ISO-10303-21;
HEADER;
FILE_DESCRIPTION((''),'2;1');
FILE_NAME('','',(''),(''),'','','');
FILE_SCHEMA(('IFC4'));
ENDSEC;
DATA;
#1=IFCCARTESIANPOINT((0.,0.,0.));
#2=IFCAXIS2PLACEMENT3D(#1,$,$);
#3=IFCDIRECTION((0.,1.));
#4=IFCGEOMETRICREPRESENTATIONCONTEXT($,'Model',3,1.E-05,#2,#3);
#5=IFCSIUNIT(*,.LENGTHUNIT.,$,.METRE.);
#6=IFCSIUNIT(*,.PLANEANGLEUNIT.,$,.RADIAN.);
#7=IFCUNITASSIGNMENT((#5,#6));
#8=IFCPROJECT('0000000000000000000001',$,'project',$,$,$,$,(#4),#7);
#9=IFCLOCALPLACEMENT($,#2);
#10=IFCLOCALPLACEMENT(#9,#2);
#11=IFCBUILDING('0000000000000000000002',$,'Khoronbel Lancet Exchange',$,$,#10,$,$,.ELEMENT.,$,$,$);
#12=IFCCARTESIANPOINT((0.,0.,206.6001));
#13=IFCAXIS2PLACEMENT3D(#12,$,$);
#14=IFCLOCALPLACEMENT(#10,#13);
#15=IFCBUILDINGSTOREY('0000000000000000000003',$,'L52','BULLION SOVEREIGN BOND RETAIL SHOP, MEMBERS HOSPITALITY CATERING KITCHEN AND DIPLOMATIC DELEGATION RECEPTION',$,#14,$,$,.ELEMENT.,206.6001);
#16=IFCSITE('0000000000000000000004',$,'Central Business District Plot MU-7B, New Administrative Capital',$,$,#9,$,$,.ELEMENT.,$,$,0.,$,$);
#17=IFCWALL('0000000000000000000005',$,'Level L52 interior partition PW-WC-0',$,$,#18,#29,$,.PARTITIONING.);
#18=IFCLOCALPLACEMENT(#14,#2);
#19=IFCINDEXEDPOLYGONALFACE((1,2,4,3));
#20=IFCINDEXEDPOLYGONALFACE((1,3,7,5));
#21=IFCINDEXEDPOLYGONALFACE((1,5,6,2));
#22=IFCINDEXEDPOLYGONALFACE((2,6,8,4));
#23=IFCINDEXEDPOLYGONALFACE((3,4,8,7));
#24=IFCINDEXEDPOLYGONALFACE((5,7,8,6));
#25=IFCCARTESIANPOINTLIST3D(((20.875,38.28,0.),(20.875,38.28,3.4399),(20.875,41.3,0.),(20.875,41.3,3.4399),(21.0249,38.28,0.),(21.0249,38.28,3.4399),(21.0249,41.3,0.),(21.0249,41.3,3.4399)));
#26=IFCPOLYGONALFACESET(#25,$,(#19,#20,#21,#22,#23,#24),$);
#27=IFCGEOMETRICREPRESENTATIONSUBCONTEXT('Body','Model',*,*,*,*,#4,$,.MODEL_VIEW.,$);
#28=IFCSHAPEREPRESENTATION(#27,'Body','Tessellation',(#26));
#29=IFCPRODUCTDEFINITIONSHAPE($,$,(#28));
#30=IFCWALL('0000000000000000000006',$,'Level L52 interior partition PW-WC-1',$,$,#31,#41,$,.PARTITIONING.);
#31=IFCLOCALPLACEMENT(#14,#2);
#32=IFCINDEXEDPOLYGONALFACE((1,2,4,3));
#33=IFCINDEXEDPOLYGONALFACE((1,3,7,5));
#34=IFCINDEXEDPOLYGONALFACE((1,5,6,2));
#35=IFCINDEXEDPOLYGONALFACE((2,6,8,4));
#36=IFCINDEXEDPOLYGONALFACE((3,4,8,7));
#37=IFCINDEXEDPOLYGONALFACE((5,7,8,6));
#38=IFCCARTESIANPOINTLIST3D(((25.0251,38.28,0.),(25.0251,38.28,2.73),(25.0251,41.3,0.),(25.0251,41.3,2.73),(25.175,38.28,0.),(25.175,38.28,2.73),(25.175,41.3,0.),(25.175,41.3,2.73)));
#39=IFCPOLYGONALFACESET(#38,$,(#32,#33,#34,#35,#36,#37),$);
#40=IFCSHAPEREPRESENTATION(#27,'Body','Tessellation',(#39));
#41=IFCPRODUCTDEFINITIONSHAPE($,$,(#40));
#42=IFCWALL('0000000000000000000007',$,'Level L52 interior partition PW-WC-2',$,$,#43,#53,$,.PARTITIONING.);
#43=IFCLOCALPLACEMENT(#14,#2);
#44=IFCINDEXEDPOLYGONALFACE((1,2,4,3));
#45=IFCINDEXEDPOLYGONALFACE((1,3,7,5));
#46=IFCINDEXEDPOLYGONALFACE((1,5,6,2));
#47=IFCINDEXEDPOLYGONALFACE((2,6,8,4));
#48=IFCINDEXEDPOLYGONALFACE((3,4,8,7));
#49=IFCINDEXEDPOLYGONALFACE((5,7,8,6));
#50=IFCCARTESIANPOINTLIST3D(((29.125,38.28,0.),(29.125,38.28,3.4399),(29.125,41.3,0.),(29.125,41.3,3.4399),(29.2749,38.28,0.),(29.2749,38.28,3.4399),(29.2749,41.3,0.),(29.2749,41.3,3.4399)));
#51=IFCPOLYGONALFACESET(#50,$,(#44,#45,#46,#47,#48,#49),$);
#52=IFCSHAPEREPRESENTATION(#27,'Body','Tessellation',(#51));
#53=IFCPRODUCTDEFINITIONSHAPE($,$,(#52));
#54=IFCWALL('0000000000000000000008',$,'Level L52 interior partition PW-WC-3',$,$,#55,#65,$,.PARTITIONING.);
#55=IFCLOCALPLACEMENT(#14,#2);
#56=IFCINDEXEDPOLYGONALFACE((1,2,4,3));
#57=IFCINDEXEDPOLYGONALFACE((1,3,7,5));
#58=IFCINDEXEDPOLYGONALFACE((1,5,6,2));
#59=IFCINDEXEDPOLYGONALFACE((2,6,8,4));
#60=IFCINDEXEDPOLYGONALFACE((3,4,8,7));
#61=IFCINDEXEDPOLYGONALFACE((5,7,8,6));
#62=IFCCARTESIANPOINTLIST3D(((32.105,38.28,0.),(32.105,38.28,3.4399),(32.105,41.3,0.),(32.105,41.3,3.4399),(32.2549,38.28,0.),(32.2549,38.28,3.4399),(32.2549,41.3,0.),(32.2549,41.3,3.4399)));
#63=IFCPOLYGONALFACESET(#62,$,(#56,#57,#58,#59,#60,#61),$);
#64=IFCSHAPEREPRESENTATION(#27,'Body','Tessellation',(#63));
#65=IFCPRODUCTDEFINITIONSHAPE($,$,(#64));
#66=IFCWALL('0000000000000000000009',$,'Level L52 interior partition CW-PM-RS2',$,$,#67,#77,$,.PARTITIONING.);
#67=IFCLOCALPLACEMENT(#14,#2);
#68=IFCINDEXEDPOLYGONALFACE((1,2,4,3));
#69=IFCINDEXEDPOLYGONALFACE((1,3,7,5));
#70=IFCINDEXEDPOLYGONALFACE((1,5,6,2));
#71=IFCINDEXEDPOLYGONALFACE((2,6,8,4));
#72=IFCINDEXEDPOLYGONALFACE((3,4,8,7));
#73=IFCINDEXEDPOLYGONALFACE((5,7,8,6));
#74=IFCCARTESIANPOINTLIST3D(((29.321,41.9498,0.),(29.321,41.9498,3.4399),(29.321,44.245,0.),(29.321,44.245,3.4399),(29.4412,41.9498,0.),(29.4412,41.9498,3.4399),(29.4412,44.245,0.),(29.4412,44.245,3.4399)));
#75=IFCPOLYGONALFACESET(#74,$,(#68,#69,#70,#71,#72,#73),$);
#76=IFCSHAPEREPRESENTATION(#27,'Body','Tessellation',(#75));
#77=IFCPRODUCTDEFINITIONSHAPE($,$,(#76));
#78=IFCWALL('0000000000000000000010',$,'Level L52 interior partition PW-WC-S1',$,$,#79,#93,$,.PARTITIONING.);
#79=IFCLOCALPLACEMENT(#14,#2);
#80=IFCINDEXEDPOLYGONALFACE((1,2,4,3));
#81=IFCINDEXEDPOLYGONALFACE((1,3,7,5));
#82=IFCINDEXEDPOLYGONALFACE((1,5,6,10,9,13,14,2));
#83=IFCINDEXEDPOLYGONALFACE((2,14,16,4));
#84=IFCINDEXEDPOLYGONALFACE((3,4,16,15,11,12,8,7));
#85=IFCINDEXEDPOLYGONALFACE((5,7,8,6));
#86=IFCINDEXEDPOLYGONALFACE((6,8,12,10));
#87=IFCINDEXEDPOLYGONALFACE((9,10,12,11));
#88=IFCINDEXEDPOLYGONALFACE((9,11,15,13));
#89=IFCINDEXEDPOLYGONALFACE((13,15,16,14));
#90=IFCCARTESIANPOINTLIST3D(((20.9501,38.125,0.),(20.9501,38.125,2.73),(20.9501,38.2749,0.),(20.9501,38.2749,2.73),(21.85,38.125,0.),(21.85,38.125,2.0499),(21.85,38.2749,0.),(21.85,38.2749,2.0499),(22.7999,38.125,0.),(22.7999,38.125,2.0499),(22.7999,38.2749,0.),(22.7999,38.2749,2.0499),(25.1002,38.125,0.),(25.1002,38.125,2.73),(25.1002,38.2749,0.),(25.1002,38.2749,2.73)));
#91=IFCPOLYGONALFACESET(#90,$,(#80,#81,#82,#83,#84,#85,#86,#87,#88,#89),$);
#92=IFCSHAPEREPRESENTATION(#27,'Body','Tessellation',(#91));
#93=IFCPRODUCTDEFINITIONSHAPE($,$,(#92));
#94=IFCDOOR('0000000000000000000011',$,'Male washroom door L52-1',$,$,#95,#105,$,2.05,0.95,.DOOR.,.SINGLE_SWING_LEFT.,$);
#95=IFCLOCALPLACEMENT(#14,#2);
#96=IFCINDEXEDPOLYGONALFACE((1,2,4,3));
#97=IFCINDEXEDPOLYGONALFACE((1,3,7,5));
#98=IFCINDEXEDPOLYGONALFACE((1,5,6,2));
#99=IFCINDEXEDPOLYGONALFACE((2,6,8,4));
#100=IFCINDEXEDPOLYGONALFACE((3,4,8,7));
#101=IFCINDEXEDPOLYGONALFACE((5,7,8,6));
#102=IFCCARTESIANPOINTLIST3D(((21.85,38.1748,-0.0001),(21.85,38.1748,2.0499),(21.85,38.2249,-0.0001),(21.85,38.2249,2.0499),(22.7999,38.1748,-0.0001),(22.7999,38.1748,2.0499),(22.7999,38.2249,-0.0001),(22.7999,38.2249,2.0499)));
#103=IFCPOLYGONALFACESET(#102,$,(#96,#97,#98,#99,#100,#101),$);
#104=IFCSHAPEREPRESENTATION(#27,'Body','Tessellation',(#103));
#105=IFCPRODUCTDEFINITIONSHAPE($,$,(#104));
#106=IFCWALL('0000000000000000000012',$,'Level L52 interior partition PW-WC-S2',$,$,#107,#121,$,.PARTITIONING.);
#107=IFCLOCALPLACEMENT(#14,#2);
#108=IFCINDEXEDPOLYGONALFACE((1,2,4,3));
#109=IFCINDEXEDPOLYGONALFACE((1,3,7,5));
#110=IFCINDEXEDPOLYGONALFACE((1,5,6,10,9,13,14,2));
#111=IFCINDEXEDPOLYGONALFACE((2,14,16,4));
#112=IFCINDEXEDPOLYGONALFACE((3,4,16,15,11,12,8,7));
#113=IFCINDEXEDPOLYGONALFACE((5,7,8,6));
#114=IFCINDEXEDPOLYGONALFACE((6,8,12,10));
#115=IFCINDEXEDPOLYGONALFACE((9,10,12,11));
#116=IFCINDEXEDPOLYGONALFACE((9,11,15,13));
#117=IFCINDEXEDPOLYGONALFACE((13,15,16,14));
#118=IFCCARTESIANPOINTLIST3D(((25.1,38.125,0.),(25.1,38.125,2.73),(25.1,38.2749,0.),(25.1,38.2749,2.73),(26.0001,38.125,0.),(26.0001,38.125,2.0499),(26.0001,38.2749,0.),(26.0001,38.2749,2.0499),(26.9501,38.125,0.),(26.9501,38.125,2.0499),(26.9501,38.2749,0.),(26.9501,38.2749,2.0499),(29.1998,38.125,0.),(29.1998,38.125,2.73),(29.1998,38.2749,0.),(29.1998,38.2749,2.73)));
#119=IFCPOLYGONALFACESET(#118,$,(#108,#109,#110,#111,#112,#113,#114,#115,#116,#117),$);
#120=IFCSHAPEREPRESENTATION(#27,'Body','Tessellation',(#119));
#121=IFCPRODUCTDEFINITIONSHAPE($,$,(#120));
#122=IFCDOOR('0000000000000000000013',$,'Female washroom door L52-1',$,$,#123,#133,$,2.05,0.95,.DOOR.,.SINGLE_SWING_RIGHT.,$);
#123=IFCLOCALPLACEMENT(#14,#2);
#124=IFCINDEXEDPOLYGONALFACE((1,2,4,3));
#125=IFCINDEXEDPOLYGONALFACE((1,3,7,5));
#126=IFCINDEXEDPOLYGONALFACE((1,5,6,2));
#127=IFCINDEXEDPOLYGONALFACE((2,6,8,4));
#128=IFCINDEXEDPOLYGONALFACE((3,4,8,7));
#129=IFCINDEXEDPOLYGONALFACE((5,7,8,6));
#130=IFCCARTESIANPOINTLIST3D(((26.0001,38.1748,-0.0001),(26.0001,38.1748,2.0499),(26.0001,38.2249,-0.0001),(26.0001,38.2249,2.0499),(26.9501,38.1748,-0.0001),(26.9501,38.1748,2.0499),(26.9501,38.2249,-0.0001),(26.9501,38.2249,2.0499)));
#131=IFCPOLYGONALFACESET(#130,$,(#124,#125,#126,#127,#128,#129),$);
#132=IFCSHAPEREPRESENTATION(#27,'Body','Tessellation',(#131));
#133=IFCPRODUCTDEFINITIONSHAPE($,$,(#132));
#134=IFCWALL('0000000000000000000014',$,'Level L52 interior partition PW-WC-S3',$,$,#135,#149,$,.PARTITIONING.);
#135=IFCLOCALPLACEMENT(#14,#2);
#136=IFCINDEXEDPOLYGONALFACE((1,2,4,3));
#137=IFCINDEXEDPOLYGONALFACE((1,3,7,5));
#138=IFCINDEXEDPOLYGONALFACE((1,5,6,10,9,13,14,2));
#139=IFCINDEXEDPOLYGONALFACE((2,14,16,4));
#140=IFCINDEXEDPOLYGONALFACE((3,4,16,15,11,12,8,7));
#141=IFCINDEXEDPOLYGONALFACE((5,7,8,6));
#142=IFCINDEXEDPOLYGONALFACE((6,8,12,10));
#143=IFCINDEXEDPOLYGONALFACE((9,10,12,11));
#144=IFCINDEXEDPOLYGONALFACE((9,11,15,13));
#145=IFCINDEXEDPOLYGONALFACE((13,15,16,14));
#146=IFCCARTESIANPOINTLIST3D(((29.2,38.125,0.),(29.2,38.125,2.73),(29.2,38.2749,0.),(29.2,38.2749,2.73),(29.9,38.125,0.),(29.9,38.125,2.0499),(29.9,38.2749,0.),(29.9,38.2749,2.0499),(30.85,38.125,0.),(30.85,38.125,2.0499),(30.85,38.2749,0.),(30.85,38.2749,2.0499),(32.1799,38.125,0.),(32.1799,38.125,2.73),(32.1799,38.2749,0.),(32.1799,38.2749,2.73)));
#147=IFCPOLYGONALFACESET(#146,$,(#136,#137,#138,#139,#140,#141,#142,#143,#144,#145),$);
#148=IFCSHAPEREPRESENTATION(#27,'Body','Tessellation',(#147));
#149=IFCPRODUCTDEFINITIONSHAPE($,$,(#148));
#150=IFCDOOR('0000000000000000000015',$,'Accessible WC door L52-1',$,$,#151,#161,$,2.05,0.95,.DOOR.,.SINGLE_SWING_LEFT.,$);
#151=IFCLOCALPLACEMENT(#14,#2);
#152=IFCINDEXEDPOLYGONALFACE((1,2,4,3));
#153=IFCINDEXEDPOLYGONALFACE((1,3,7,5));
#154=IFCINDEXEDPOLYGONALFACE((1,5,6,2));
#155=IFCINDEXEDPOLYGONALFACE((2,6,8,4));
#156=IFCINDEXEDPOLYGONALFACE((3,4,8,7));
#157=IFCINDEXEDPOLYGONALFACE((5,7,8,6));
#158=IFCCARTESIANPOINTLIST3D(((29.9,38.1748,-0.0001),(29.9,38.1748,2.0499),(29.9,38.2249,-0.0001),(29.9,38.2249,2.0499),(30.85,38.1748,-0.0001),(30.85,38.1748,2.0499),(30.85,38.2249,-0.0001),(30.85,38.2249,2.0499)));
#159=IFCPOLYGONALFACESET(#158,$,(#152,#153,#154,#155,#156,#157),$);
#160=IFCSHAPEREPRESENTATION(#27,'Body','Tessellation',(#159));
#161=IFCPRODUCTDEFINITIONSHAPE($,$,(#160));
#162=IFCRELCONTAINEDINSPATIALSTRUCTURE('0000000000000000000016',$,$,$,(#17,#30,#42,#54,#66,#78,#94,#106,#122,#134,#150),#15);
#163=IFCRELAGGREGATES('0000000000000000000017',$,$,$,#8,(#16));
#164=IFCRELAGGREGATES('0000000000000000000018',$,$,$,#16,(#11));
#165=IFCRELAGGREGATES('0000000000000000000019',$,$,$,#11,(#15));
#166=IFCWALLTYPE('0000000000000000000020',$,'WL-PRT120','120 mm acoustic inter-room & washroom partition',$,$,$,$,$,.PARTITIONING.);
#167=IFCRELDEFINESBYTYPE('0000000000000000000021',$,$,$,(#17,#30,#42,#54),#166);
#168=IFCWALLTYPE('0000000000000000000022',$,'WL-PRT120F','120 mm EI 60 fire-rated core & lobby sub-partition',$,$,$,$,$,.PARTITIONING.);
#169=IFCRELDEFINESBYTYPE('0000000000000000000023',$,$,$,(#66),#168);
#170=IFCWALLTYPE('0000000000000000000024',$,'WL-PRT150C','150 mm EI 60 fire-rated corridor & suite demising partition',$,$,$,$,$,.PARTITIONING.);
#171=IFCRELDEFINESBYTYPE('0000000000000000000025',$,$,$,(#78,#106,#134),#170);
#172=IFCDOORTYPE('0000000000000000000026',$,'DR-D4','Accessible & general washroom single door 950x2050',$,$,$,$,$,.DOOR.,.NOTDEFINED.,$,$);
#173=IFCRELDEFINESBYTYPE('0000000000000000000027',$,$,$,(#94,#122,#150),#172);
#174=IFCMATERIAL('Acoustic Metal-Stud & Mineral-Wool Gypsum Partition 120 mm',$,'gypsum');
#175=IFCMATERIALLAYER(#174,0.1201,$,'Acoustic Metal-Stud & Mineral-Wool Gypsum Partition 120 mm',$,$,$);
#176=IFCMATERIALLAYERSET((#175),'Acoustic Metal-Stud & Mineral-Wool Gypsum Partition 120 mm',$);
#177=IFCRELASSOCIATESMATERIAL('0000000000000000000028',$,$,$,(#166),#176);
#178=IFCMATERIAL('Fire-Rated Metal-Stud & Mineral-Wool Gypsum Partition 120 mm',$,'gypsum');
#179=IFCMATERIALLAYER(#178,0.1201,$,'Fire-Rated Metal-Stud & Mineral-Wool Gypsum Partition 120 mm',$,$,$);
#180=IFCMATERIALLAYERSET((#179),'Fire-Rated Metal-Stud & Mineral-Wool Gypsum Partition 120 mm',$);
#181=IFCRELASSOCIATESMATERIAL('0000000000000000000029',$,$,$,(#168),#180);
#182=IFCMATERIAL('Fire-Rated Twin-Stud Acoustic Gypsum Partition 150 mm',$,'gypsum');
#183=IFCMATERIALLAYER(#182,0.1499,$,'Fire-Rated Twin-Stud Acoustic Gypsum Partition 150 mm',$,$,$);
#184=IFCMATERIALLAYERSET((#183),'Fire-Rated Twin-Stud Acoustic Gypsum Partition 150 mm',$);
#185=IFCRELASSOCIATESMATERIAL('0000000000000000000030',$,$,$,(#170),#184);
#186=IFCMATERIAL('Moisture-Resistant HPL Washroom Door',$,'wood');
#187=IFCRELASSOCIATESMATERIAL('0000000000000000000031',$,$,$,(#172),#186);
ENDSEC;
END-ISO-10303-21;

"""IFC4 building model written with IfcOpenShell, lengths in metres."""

from ifc_helpers import new_model, si_unit, direction, frame, frame_2d, origin, place, context, subcontext, project, spatial, rectangle, extrude, material, layer, layer_set, type_object, element, fill, save


model = new_model("IFC4")

# Units and contexts
model_context = context("Model", 3, precision=1e-05, world=origin(), true_north=direction((0.0, 1.0)))
body_context = subcontext(model_context, "Body", "Model", "MODEL_VIEW")
ifc_project = project(units=[si_unit("LENGTHUNIT", "METRE"), si_unit("PLANEANGLEUNIT", "RADIAN")], contexts=[model_context])

# Site, building, storey
site_placement = place(None, origin())
site = spatial("IfcSite", under=ifc_project, at=site_placement, Name="Central Business District Plot MU-7B, New Administrative Capital", CompositionType="ELEMENT", RefElevation=0.0)
building_placement = place(site_placement, origin())
building = spatial("IfcBuilding", under=site, at=building_placement, Name="Khoronbel Lancet Exchange", CompositionType="ELEMENT")
storey_placement = place(building_placement, frame((0.0, 0.0, 206.6001)))
storey = spatial("IfcBuildingStorey", under=building, at=storey_placement, Name="L52", Description="BULLION SOVEREIGN BOND RETAIL SHOP, MEMBERS HOSPITALITY CATERING KITCHEN AND DIPLOMATIC DELEGATION RECEPTION", CompositionType="ELEMENT", Elevation=206.6001)

# Walls
ifc_material_1 = material(Name="Acoustic Metal-Stud & Mineral-Wool Gypsum Partition 120 mm", Category="gypsum")
ifc_layer_1 = layer(ifc_material_1, 0.1201, Name="Acoustic Metal-Stud & Mineral-Wool Gypsum Partition 120 mm")
ifc_layer_set_1 = layer_set([ifc_layer_1], Name="Acoustic Metal-Stud & Mineral-Wool Gypsum Partition 120 mm")
wall_type_1 = type_object("IfcWallType", Name="WL-PRT120", Description="120 mm acoustic inter-room & washroom partition", PredefinedType="PARTITIONING", material=ifc_layer_set_1)
wall_1_placement = place(storey_placement, frame((20.95, 38.28, 0.0), z_axis=(0.0, 0.0, 1.0), x_axis=(0.0, 1.0, 0.0)))
element("IfcWall", 1, at=wall_1_placement, inside=storey, type_object=wall_type_1, Name="Level L52 interior partition PW-WC-0", PredefinedType="PARTITIONING", context=body_context, shape_type="SweptSolid", body=[
    extrude(rectangle(XDim=3.02, YDim=0.1499, at=frame_2d((1.51, 0.0))), origin(), (0.0, 0.0, 1.0), 3.4399),
])
wall_2_placement = place(storey_placement, frame((25.1001, 38.28, 0.0), z_axis=(0.0, 0.0, 1.0), x_axis=(0.0, 1.0, 0.0)))
element("IfcWall", 2, at=wall_2_placement, inside=storey, type_object=wall_type_1, Name="Level L52 interior partition PW-WC-1", PredefinedType="PARTITIONING", context=body_context, shape_type="SweptSolid", body=[
    extrude(rectangle(XDim=3.02, YDim=0.1499, at=frame_2d((1.51, 0.0))), origin(), (0.0, 0.0, 1.0), 2.73),
])
for number, where, z_axis, x_axis, name in (
    (3, (29.2, 38.28, 0.0), (0.0, 0.0, 1.0), (0.0, 1.0, 0.0), "Level L52 interior partition PW-WC-2"),
    (4, (32.1799, 38.28, 0.0), (0.0, 0.0, 1.0), (0.0, 1.0, 0.0), "Level L52 interior partition PW-WC-3"),
):
    element("IfcWall", number, at=place(storey_placement, frame(where, z_axis=z_axis, x_axis=x_axis)), inside=storey, type_object=wall_type_1, Name=name, PredefinedType="PARTITIONING", context=body_context, shape_type="SweptSolid", body=[
        extrude(rectangle(XDim=3.02, YDim=0.1499, at=frame_2d((1.51, 0.0))), origin(), (0.0, 0.0, 1.0), 3.4399),
    ])
ifc_material_2 = material(Name="Fire-Rated Metal-Stud & Mineral-Wool Gypsum Partition 120 mm", Category="gypsum")
ifc_layer_2 = layer(ifc_material_2, 0.1201, Name="Fire-Rated Metal-Stud & Mineral-Wool Gypsum Partition 120 mm")
ifc_layer_set_2 = layer_set([ifc_layer_2], Name="Fire-Rated Metal-Stud & Mineral-Wool Gypsum Partition 120 mm")
wall_type_2 = type_object("IfcWallType", Name="WL-PRT120F", Description="120 mm EI 60 fire-rated core & lobby sub-partition", PredefinedType="PARTITIONING", material=ifc_layer_set_2)
wall_3_placement = place(storey_placement, frame((29.3811, 41.95, 0.0), z_axis=(0.0, 0.0, 1.0), x_axis=(0.0, 1.0, 0.0)))
element("IfcWall", 5, at=wall_3_placement, inside=storey, type_object=wall_type_2, Name="Level L52 interior partition CW-PM-RS2", PredefinedType="PARTITIONING", context=body_context, shape_type="SweptSolid", body=[
    extrude(rectangle(XDim=2.2952, YDim=0.1201, at=frame_2d((1.1475, 0.0))), origin(), (0.0, 0.0, 1.0), 3.4399),
])

# Walls, openings, doors
ifc_material_3 = material(Name="Fire-Rated Twin-Stud Acoustic Gypsum Partition 150 mm", Category="gypsum")
ifc_layer_3 = layer(ifc_material_3, 0.1499, Name="Fire-Rated Twin-Stud Acoustic Gypsum Partition 150 mm")
ifc_layer_set_3 = layer_set([ifc_layer_3], Name="Fire-Rated Twin-Stud Acoustic Gypsum Partition 150 mm")
wall_type_3 = type_object("IfcWallType", Name="WL-PRT150C", Description="150 mm EI 60 fire-rated corridor & suite demising partition", PredefinedType="PARTITIONING", material=ifc_layer_set_3)
wall_4_placement = place(storey_placement, frame((20.95, 38.2, 0.0), z_axis=(0.0, 0.0, 1.0), x_axis=(1.0, 0.0, 0.0)))
wall_4 = element("IfcWall", 6, at=wall_4_placement, inside=storey, type_object=wall_type_3, Name="Level L52 interior partition PW-WC-S1", PredefinedType="PARTITIONING", context=body_context, shape_type="SweptSolid", body=[
    extrude(rectangle(XDim=4.1501, YDim=0.1499, at=frame_2d((2.0752, 0.0))), origin(), (0.0, 0.0, 1.0), 2.73),
])
opening_1_placement = place(wall_4_placement, frame((0.8999, 0.0, 0.0)))
opening_1 = element("IfcOpeningElement", 7, at=opening_1_placement, cuts=wall_4, PredefinedType="OPENING", context=body_context, shape_type="SweptSolid", body=[
    extrude(rectangle(XDim=0.95, YDim=2.05, at=frame_2d((0.4751, 1.0249))), frame((0.0, 0.085, 0.0), z_axis=(0.0, -1.0, 0.0), x_axis=(1.0, 0.0, 0.0)), (0.0, 0.0, 1.0), 0.1699),
])
ifc_material_4 = material(Name="Moisture-Resistant HPL Washroom Door", Category="wood")
door_type_1 = type_object("IfcDoorType", Name="DR-D4", Description="Accessible & general washroom single door 950x2050", OperationType="NOTDEFINED", PredefinedType="DOOR", material=ifc_material_4)
door_1_placement = place(opening_1_placement, origin())
door_1 = element("IfcDoor", 8, at=door_1_placement, inside=storey, type_object=door_type_1, Name="Male washroom door L52-1", OperationType="SINGLE_SWING_LEFT", OverallHeight=2.05, OverallWidth=0.95, PredefinedType="DOOR", context=body_context, shape_type="SweptSolid", body=[
    extrude(rectangle(XDim=0.95, YDim=2.05, at=frame_2d((0.4751, 1.0249))), frame((0.0, 0.0249, 0.0), z_axis=(0.0, -1.0, 0.0), x_axis=(1.0, 0.0, 0.0)), (0.0, 0.0, 1.0), 0.05),
])
fill(opening_1, door_1)
wall_5_placement = place(storey_placement, frame((25.1001, 38.2, 0.0), z_axis=(0.0, 0.0, 1.0), x_axis=(1.0, 0.0, 0.0)))
wall_5 = element("IfcWall", 9, at=wall_5_placement, inside=storey, type_object=wall_type_3, Name="Level L52 interior partition PW-WC-S2", PredefinedType="PARTITIONING", context=body_context, shape_type="SweptSolid", body=[
    extrude(rectangle(XDim=4.0999, YDim=0.1499, at=frame_2d((2.0498, 0.0))), origin(), (0.0, 0.0, 1.0), 2.73),
])
opening_2_placement = place(wall_5_placement, frame((0.8999, 0.0, 0.0)))
opening_2 = element("IfcOpeningElement", 10, at=opening_2_placement, cuts=wall_5, PredefinedType="OPENING", context=body_context, shape_type="SweptSolid", body=[
    extrude(rectangle(XDim=0.95, YDim=2.05, at=frame_2d((0.4751, 1.0249))), frame((0.0, 0.085, 0.0), z_axis=(0.0, -1.0, 0.0), x_axis=(1.0, 0.0, 0.0)), (0.0, 0.0, 1.0), 0.1699),
])
door_2_placement = place(opening_2_placement, origin())
door_2 = element("IfcDoor", 11, at=door_2_placement, inside=storey, type_object=door_type_1, Name="Female washroom door L52-1", OperationType="SINGLE_SWING_RIGHT", OverallHeight=2.05, OverallWidth=0.95, PredefinedType="DOOR", context=body_context, shape_type="SweptSolid", body=[
    extrude(rectangle(XDim=0.95, YDim=2.05, at=frame_2d((0.4751, 1.0249))), frame((0.0, 0.0249, 0.0), z_axis=(0.0, -1.0, 0.0), x_axis=(1.0, 0.0, 0.0)), (0.0, 0.0, 1.0), 0.05),
])
fill(opening_2, door_2)
wall_6_placement = place(storey_placement, frame((29.2, 38.2, 0.0), z_axis=(0.0, 0.0, 1.0), x_axis=(1.0, 0.0, 0.0)))
wall_6 = element("IfcWall", 12, at=wall_6_placement, inside=storey, type_object=wall_type_3, Name="Level L52 interior partition PW-WC-S3", PredefinedType="PARTITIONING", context=body_context, shape_type="SweptSolid", body=[
    extrude(rectangle(XDim=2.98, YDim=0.1499, at=frame_2d((1.49, 0.0))), origin(), (0.0, 0.0, 1.0), 2.73),
])
opening_3_placement = place(wall_6_placement, frame((0.7, 0.0, 0.0)))
opening_3 = element("IfcOpeningElement", 13, at=opening_3_placement, cuts=wall_6, PredefinedType="OPENING", context=body_context, shape_type="SweptSolid", body=[
    extrude(rectangle(XDim=0.95, YDim=2.05, at=frame_2d((0.4751, 1.0249))), frame((0.0, 0.085, 0.0), z_axis=(0.0, -1.0, 0.0), x_axis=(1.0, 0.0, 0.0)), (0.0, 0.0, 1.0), 0.1699),
])
door_3_placement = place(opening_3_placement, origin())
door_3 = element("IfcDoor", 14, at=door_3_placement, inside=storey, type_object=door_type_1, Name="Accessible WC door L52-1", OperationType="SINGLE_SWING_LEFT", OverallHeight=2.05, OverallWidth=0.95, PredefinedType="DOOR", context=body_context, shape_type="SweptSolid", body=[
    extrude(rectangle(XDim=0.95, YDim=2.05, at=frame_2d((0.4751, 1.0249))), frame((0.0, 0.0249, 0.0), z_axis=(0.0, -1.0, 0.0), x_axis=(1.0, 0.0, 0.0)), (0.0, 0.0, 1.0), 0.05),
])
fill(opening_3, door_3)

save(model, "model.ifc")
